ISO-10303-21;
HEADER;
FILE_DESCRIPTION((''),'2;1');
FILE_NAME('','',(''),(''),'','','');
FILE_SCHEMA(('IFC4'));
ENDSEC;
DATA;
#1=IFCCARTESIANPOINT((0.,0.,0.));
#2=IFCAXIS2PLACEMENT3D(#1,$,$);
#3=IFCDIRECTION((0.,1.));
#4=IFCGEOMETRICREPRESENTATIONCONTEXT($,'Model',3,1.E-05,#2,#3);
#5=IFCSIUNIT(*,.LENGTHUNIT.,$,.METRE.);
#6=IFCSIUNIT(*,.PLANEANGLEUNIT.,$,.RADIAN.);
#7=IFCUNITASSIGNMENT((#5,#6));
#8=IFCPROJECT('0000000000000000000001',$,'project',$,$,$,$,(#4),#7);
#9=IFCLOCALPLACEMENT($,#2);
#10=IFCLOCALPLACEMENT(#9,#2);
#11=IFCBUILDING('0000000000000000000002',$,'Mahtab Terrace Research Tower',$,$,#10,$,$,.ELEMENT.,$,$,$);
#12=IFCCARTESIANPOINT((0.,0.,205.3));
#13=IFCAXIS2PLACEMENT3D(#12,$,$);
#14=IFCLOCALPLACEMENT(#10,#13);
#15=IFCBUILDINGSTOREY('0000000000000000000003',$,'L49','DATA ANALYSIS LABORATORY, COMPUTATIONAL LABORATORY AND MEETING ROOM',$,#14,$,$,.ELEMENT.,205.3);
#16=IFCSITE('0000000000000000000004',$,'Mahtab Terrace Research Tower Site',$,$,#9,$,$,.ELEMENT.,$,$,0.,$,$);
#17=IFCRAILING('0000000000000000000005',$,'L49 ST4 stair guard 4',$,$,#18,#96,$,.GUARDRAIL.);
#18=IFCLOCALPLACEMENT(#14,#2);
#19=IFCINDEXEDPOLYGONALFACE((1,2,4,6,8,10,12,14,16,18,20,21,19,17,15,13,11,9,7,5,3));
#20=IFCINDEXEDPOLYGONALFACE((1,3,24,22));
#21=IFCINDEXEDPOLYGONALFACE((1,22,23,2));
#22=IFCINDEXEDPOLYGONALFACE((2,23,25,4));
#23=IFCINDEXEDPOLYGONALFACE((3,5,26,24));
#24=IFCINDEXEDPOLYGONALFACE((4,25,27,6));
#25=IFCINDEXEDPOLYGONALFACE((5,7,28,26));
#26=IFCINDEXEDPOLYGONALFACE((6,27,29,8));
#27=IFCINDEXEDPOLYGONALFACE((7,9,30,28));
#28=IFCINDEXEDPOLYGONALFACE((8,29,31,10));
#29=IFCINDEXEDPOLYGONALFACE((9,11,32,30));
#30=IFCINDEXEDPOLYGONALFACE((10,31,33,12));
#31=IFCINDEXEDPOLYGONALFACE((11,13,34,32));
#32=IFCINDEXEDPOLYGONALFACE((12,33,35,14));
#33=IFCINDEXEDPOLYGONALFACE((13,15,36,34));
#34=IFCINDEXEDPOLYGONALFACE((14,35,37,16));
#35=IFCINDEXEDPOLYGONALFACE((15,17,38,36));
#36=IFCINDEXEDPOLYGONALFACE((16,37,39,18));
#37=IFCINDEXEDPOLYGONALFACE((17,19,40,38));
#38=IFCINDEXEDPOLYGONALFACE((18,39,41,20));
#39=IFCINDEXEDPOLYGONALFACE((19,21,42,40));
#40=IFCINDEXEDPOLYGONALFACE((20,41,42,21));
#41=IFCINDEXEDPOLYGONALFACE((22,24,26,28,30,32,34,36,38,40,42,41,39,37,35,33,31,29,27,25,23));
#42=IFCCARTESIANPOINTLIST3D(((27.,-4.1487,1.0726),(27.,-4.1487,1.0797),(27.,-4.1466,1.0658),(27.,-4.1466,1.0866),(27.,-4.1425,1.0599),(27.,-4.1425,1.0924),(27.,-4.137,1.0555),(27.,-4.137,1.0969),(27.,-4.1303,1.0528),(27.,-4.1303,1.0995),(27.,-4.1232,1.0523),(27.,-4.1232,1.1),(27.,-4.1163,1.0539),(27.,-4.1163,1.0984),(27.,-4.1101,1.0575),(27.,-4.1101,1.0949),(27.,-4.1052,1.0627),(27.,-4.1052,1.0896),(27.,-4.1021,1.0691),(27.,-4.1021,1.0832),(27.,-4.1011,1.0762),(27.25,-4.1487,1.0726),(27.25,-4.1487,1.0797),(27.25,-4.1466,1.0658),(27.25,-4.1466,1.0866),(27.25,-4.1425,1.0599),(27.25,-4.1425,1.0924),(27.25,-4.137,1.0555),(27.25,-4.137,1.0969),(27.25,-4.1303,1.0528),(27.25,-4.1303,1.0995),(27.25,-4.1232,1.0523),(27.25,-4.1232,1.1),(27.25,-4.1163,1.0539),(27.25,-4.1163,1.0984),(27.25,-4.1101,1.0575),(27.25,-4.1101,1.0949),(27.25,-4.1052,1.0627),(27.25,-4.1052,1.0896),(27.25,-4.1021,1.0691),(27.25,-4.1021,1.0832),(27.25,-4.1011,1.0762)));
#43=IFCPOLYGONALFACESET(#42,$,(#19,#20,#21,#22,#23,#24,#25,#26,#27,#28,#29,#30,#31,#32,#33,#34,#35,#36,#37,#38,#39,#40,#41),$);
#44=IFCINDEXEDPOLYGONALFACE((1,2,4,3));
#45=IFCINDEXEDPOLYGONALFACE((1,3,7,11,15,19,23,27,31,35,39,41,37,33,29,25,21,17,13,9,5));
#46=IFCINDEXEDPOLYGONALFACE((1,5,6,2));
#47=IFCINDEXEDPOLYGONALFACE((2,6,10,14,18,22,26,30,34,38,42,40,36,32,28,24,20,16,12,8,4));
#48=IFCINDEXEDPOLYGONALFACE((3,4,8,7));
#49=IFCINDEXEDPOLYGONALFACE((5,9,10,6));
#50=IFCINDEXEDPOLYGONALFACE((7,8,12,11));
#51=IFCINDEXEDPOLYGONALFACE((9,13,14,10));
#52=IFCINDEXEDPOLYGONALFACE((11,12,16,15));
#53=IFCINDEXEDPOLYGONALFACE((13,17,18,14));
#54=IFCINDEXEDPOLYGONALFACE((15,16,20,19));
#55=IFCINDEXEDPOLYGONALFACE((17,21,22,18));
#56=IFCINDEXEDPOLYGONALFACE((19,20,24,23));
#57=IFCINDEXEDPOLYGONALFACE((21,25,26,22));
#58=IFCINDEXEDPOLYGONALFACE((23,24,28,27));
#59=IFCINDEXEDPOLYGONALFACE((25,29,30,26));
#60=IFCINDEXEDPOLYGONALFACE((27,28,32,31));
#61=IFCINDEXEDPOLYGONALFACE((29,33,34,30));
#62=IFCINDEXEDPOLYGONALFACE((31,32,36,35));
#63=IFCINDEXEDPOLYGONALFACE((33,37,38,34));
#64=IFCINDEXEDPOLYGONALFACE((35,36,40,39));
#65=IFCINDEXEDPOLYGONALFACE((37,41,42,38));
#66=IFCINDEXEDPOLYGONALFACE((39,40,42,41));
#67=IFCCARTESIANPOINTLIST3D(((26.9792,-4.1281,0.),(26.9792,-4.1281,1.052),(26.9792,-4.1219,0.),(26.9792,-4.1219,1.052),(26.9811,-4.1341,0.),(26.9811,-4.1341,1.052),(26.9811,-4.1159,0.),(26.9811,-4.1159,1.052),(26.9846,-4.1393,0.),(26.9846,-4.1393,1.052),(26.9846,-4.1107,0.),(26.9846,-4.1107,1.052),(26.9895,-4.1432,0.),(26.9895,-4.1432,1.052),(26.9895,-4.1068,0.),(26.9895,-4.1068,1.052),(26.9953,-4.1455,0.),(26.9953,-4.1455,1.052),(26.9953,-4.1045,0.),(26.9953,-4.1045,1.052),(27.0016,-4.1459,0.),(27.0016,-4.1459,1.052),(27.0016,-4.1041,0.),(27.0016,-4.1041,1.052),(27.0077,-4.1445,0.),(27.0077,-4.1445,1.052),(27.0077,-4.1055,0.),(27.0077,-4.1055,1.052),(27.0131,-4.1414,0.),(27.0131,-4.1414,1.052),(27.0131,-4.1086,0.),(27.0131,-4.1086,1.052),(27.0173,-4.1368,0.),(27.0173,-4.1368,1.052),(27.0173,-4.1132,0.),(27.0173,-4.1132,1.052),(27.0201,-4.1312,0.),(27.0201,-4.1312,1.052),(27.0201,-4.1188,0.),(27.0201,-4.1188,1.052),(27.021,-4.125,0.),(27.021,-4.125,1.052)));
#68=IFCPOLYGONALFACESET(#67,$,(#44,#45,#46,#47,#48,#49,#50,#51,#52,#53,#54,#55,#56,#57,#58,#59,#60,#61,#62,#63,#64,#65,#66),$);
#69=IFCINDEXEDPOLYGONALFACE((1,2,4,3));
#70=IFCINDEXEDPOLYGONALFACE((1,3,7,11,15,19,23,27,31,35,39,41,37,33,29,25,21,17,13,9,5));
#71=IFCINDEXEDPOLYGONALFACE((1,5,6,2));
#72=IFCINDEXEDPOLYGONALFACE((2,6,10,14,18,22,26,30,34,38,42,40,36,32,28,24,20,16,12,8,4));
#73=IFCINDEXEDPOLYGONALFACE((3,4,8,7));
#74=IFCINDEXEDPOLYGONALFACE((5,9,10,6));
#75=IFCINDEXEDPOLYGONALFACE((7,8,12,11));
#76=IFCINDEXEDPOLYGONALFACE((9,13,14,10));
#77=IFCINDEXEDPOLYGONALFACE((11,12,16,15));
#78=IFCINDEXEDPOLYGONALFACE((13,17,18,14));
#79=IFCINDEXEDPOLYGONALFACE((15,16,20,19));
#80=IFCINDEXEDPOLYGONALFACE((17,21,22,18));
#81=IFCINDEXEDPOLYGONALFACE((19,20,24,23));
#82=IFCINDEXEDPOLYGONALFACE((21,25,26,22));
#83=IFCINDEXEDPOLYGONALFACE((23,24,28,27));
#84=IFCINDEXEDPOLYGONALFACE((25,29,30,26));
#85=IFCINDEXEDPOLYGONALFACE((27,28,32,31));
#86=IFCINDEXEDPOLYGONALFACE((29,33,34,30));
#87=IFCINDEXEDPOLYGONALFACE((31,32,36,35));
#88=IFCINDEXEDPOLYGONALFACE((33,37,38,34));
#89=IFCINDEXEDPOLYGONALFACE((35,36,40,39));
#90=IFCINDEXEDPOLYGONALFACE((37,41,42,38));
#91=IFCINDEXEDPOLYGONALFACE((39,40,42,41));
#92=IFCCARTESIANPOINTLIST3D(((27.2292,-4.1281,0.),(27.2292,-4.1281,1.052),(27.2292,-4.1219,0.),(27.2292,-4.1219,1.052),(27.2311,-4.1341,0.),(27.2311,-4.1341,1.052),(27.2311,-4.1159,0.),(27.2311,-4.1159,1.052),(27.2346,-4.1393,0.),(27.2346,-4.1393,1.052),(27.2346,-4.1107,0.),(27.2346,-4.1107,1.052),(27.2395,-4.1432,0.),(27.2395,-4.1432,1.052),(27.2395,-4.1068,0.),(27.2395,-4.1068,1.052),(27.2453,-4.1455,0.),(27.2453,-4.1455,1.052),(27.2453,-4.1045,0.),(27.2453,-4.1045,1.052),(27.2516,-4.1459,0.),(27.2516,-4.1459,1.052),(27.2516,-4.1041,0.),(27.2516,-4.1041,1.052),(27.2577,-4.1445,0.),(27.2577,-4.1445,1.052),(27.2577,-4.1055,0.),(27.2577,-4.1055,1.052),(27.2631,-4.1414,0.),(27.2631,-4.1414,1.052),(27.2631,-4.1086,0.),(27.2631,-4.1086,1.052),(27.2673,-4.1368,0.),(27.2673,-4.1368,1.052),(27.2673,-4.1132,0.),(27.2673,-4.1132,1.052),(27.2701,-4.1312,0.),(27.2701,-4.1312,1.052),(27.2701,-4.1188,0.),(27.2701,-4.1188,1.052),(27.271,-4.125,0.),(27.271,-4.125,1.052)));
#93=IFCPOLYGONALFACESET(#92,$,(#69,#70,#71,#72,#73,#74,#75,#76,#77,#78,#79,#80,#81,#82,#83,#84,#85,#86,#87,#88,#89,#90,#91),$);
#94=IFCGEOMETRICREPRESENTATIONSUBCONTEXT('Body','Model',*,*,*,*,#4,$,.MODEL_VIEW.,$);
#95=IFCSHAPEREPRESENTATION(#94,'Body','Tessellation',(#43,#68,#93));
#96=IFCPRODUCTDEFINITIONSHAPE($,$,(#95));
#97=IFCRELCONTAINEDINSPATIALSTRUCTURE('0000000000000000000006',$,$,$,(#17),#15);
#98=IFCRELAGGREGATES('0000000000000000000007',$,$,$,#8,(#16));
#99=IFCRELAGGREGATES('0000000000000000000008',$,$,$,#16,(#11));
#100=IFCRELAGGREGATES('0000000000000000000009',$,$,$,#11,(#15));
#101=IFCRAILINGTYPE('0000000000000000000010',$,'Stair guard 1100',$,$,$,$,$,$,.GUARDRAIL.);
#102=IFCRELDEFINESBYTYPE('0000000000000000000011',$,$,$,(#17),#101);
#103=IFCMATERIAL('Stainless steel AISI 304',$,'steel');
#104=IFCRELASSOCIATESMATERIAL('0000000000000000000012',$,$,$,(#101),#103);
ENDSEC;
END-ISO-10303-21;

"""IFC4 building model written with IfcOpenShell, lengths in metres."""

from ifc_helpers import new_model, si_unit, direction, frame, origin, origin_2d, place, context, subcontext, project, spatial, circle, extrude, material, type_object, element, save


model = new_model("IFC4")

# Units and contexts
model_context = context("Model", 3, precision=1e-05, world=origin(), true_north=direction((0.0, 1.0)))
body_context = subcontext(model_context, "Body", "Model", "MODEL_VIEW")
ifc_project = project(units=[si_unit("LENGTHUNIT", "METRE"), si_unit("PLANEANGLEUNIT", "RADIAN")], contexts=[model_context])

# Site, building, storey
site_placement = place(None, origin())
site = spatial("IfcSite", under=ifc_project, at=site_placement, Name="Mahtab Terrace Research Tower Site", CompositionType="ELEMENT", RefElevation=0.0)
building_placement = place(site_placement, origin())
building = spatial("IfcBuilding", under=site, at=building_placement, Name="Mahtab Terrace Research Tower", CompositionType="ELEMENT")
storey_placement = place(building_placement, frame((0.0, 0.0, 205.3)))
storey = spatial("IfcBuildingStorey", under=building, at=storey_placement, Name="L49", Description="DATA ANALYSIS LABORATORY, COMPUTATIONAL LABORATORY AND MEETING ROOM", CompositionType="ELEMENT", Elevation=205.3)

# Shared definitions
ifc_material_1 = material(Name="Stainless steel AISI 304", Category="steel")

# Railing
railing_type_1 = type_object("IfcRailingType", Name="Stair guard 1100", PredefinedType="GUARDRAIL", material=ifc_material_1)
railing_1_placement = place(storey_placement, frame((27.0, -4.125, 0.0)))
element("IfcRailing", 1, at=railing_1_placement, inside=storey, type_object=railing_type_1, Name="L49 ST4 stair guard 4", PredefinedType="GUARDRAIL", context=body_context, shape_type="SweptSolid", body=[
    extrude(circle(Radius=0.0239, at=origin_2d()), frame((0.0, 0.0, 1.0762), z_axis=(1.0, 0.0, 0.0), x_axis=(0.0, 1.0, 0.0)), (0.0, 0.0, 1.0), 0.25),
    extrude(circle(Radius=0.021, at=origin_2d()), origin(), (0.0, 0.0, 1.0), 1.052),
    extrude(circle(Radius=0.021, at=origin_2d()), frame((0.25, 0.0, 0.0)), (0.0, 0.0, 1.0), 1.052),
])

save(model, "model.ifc")
